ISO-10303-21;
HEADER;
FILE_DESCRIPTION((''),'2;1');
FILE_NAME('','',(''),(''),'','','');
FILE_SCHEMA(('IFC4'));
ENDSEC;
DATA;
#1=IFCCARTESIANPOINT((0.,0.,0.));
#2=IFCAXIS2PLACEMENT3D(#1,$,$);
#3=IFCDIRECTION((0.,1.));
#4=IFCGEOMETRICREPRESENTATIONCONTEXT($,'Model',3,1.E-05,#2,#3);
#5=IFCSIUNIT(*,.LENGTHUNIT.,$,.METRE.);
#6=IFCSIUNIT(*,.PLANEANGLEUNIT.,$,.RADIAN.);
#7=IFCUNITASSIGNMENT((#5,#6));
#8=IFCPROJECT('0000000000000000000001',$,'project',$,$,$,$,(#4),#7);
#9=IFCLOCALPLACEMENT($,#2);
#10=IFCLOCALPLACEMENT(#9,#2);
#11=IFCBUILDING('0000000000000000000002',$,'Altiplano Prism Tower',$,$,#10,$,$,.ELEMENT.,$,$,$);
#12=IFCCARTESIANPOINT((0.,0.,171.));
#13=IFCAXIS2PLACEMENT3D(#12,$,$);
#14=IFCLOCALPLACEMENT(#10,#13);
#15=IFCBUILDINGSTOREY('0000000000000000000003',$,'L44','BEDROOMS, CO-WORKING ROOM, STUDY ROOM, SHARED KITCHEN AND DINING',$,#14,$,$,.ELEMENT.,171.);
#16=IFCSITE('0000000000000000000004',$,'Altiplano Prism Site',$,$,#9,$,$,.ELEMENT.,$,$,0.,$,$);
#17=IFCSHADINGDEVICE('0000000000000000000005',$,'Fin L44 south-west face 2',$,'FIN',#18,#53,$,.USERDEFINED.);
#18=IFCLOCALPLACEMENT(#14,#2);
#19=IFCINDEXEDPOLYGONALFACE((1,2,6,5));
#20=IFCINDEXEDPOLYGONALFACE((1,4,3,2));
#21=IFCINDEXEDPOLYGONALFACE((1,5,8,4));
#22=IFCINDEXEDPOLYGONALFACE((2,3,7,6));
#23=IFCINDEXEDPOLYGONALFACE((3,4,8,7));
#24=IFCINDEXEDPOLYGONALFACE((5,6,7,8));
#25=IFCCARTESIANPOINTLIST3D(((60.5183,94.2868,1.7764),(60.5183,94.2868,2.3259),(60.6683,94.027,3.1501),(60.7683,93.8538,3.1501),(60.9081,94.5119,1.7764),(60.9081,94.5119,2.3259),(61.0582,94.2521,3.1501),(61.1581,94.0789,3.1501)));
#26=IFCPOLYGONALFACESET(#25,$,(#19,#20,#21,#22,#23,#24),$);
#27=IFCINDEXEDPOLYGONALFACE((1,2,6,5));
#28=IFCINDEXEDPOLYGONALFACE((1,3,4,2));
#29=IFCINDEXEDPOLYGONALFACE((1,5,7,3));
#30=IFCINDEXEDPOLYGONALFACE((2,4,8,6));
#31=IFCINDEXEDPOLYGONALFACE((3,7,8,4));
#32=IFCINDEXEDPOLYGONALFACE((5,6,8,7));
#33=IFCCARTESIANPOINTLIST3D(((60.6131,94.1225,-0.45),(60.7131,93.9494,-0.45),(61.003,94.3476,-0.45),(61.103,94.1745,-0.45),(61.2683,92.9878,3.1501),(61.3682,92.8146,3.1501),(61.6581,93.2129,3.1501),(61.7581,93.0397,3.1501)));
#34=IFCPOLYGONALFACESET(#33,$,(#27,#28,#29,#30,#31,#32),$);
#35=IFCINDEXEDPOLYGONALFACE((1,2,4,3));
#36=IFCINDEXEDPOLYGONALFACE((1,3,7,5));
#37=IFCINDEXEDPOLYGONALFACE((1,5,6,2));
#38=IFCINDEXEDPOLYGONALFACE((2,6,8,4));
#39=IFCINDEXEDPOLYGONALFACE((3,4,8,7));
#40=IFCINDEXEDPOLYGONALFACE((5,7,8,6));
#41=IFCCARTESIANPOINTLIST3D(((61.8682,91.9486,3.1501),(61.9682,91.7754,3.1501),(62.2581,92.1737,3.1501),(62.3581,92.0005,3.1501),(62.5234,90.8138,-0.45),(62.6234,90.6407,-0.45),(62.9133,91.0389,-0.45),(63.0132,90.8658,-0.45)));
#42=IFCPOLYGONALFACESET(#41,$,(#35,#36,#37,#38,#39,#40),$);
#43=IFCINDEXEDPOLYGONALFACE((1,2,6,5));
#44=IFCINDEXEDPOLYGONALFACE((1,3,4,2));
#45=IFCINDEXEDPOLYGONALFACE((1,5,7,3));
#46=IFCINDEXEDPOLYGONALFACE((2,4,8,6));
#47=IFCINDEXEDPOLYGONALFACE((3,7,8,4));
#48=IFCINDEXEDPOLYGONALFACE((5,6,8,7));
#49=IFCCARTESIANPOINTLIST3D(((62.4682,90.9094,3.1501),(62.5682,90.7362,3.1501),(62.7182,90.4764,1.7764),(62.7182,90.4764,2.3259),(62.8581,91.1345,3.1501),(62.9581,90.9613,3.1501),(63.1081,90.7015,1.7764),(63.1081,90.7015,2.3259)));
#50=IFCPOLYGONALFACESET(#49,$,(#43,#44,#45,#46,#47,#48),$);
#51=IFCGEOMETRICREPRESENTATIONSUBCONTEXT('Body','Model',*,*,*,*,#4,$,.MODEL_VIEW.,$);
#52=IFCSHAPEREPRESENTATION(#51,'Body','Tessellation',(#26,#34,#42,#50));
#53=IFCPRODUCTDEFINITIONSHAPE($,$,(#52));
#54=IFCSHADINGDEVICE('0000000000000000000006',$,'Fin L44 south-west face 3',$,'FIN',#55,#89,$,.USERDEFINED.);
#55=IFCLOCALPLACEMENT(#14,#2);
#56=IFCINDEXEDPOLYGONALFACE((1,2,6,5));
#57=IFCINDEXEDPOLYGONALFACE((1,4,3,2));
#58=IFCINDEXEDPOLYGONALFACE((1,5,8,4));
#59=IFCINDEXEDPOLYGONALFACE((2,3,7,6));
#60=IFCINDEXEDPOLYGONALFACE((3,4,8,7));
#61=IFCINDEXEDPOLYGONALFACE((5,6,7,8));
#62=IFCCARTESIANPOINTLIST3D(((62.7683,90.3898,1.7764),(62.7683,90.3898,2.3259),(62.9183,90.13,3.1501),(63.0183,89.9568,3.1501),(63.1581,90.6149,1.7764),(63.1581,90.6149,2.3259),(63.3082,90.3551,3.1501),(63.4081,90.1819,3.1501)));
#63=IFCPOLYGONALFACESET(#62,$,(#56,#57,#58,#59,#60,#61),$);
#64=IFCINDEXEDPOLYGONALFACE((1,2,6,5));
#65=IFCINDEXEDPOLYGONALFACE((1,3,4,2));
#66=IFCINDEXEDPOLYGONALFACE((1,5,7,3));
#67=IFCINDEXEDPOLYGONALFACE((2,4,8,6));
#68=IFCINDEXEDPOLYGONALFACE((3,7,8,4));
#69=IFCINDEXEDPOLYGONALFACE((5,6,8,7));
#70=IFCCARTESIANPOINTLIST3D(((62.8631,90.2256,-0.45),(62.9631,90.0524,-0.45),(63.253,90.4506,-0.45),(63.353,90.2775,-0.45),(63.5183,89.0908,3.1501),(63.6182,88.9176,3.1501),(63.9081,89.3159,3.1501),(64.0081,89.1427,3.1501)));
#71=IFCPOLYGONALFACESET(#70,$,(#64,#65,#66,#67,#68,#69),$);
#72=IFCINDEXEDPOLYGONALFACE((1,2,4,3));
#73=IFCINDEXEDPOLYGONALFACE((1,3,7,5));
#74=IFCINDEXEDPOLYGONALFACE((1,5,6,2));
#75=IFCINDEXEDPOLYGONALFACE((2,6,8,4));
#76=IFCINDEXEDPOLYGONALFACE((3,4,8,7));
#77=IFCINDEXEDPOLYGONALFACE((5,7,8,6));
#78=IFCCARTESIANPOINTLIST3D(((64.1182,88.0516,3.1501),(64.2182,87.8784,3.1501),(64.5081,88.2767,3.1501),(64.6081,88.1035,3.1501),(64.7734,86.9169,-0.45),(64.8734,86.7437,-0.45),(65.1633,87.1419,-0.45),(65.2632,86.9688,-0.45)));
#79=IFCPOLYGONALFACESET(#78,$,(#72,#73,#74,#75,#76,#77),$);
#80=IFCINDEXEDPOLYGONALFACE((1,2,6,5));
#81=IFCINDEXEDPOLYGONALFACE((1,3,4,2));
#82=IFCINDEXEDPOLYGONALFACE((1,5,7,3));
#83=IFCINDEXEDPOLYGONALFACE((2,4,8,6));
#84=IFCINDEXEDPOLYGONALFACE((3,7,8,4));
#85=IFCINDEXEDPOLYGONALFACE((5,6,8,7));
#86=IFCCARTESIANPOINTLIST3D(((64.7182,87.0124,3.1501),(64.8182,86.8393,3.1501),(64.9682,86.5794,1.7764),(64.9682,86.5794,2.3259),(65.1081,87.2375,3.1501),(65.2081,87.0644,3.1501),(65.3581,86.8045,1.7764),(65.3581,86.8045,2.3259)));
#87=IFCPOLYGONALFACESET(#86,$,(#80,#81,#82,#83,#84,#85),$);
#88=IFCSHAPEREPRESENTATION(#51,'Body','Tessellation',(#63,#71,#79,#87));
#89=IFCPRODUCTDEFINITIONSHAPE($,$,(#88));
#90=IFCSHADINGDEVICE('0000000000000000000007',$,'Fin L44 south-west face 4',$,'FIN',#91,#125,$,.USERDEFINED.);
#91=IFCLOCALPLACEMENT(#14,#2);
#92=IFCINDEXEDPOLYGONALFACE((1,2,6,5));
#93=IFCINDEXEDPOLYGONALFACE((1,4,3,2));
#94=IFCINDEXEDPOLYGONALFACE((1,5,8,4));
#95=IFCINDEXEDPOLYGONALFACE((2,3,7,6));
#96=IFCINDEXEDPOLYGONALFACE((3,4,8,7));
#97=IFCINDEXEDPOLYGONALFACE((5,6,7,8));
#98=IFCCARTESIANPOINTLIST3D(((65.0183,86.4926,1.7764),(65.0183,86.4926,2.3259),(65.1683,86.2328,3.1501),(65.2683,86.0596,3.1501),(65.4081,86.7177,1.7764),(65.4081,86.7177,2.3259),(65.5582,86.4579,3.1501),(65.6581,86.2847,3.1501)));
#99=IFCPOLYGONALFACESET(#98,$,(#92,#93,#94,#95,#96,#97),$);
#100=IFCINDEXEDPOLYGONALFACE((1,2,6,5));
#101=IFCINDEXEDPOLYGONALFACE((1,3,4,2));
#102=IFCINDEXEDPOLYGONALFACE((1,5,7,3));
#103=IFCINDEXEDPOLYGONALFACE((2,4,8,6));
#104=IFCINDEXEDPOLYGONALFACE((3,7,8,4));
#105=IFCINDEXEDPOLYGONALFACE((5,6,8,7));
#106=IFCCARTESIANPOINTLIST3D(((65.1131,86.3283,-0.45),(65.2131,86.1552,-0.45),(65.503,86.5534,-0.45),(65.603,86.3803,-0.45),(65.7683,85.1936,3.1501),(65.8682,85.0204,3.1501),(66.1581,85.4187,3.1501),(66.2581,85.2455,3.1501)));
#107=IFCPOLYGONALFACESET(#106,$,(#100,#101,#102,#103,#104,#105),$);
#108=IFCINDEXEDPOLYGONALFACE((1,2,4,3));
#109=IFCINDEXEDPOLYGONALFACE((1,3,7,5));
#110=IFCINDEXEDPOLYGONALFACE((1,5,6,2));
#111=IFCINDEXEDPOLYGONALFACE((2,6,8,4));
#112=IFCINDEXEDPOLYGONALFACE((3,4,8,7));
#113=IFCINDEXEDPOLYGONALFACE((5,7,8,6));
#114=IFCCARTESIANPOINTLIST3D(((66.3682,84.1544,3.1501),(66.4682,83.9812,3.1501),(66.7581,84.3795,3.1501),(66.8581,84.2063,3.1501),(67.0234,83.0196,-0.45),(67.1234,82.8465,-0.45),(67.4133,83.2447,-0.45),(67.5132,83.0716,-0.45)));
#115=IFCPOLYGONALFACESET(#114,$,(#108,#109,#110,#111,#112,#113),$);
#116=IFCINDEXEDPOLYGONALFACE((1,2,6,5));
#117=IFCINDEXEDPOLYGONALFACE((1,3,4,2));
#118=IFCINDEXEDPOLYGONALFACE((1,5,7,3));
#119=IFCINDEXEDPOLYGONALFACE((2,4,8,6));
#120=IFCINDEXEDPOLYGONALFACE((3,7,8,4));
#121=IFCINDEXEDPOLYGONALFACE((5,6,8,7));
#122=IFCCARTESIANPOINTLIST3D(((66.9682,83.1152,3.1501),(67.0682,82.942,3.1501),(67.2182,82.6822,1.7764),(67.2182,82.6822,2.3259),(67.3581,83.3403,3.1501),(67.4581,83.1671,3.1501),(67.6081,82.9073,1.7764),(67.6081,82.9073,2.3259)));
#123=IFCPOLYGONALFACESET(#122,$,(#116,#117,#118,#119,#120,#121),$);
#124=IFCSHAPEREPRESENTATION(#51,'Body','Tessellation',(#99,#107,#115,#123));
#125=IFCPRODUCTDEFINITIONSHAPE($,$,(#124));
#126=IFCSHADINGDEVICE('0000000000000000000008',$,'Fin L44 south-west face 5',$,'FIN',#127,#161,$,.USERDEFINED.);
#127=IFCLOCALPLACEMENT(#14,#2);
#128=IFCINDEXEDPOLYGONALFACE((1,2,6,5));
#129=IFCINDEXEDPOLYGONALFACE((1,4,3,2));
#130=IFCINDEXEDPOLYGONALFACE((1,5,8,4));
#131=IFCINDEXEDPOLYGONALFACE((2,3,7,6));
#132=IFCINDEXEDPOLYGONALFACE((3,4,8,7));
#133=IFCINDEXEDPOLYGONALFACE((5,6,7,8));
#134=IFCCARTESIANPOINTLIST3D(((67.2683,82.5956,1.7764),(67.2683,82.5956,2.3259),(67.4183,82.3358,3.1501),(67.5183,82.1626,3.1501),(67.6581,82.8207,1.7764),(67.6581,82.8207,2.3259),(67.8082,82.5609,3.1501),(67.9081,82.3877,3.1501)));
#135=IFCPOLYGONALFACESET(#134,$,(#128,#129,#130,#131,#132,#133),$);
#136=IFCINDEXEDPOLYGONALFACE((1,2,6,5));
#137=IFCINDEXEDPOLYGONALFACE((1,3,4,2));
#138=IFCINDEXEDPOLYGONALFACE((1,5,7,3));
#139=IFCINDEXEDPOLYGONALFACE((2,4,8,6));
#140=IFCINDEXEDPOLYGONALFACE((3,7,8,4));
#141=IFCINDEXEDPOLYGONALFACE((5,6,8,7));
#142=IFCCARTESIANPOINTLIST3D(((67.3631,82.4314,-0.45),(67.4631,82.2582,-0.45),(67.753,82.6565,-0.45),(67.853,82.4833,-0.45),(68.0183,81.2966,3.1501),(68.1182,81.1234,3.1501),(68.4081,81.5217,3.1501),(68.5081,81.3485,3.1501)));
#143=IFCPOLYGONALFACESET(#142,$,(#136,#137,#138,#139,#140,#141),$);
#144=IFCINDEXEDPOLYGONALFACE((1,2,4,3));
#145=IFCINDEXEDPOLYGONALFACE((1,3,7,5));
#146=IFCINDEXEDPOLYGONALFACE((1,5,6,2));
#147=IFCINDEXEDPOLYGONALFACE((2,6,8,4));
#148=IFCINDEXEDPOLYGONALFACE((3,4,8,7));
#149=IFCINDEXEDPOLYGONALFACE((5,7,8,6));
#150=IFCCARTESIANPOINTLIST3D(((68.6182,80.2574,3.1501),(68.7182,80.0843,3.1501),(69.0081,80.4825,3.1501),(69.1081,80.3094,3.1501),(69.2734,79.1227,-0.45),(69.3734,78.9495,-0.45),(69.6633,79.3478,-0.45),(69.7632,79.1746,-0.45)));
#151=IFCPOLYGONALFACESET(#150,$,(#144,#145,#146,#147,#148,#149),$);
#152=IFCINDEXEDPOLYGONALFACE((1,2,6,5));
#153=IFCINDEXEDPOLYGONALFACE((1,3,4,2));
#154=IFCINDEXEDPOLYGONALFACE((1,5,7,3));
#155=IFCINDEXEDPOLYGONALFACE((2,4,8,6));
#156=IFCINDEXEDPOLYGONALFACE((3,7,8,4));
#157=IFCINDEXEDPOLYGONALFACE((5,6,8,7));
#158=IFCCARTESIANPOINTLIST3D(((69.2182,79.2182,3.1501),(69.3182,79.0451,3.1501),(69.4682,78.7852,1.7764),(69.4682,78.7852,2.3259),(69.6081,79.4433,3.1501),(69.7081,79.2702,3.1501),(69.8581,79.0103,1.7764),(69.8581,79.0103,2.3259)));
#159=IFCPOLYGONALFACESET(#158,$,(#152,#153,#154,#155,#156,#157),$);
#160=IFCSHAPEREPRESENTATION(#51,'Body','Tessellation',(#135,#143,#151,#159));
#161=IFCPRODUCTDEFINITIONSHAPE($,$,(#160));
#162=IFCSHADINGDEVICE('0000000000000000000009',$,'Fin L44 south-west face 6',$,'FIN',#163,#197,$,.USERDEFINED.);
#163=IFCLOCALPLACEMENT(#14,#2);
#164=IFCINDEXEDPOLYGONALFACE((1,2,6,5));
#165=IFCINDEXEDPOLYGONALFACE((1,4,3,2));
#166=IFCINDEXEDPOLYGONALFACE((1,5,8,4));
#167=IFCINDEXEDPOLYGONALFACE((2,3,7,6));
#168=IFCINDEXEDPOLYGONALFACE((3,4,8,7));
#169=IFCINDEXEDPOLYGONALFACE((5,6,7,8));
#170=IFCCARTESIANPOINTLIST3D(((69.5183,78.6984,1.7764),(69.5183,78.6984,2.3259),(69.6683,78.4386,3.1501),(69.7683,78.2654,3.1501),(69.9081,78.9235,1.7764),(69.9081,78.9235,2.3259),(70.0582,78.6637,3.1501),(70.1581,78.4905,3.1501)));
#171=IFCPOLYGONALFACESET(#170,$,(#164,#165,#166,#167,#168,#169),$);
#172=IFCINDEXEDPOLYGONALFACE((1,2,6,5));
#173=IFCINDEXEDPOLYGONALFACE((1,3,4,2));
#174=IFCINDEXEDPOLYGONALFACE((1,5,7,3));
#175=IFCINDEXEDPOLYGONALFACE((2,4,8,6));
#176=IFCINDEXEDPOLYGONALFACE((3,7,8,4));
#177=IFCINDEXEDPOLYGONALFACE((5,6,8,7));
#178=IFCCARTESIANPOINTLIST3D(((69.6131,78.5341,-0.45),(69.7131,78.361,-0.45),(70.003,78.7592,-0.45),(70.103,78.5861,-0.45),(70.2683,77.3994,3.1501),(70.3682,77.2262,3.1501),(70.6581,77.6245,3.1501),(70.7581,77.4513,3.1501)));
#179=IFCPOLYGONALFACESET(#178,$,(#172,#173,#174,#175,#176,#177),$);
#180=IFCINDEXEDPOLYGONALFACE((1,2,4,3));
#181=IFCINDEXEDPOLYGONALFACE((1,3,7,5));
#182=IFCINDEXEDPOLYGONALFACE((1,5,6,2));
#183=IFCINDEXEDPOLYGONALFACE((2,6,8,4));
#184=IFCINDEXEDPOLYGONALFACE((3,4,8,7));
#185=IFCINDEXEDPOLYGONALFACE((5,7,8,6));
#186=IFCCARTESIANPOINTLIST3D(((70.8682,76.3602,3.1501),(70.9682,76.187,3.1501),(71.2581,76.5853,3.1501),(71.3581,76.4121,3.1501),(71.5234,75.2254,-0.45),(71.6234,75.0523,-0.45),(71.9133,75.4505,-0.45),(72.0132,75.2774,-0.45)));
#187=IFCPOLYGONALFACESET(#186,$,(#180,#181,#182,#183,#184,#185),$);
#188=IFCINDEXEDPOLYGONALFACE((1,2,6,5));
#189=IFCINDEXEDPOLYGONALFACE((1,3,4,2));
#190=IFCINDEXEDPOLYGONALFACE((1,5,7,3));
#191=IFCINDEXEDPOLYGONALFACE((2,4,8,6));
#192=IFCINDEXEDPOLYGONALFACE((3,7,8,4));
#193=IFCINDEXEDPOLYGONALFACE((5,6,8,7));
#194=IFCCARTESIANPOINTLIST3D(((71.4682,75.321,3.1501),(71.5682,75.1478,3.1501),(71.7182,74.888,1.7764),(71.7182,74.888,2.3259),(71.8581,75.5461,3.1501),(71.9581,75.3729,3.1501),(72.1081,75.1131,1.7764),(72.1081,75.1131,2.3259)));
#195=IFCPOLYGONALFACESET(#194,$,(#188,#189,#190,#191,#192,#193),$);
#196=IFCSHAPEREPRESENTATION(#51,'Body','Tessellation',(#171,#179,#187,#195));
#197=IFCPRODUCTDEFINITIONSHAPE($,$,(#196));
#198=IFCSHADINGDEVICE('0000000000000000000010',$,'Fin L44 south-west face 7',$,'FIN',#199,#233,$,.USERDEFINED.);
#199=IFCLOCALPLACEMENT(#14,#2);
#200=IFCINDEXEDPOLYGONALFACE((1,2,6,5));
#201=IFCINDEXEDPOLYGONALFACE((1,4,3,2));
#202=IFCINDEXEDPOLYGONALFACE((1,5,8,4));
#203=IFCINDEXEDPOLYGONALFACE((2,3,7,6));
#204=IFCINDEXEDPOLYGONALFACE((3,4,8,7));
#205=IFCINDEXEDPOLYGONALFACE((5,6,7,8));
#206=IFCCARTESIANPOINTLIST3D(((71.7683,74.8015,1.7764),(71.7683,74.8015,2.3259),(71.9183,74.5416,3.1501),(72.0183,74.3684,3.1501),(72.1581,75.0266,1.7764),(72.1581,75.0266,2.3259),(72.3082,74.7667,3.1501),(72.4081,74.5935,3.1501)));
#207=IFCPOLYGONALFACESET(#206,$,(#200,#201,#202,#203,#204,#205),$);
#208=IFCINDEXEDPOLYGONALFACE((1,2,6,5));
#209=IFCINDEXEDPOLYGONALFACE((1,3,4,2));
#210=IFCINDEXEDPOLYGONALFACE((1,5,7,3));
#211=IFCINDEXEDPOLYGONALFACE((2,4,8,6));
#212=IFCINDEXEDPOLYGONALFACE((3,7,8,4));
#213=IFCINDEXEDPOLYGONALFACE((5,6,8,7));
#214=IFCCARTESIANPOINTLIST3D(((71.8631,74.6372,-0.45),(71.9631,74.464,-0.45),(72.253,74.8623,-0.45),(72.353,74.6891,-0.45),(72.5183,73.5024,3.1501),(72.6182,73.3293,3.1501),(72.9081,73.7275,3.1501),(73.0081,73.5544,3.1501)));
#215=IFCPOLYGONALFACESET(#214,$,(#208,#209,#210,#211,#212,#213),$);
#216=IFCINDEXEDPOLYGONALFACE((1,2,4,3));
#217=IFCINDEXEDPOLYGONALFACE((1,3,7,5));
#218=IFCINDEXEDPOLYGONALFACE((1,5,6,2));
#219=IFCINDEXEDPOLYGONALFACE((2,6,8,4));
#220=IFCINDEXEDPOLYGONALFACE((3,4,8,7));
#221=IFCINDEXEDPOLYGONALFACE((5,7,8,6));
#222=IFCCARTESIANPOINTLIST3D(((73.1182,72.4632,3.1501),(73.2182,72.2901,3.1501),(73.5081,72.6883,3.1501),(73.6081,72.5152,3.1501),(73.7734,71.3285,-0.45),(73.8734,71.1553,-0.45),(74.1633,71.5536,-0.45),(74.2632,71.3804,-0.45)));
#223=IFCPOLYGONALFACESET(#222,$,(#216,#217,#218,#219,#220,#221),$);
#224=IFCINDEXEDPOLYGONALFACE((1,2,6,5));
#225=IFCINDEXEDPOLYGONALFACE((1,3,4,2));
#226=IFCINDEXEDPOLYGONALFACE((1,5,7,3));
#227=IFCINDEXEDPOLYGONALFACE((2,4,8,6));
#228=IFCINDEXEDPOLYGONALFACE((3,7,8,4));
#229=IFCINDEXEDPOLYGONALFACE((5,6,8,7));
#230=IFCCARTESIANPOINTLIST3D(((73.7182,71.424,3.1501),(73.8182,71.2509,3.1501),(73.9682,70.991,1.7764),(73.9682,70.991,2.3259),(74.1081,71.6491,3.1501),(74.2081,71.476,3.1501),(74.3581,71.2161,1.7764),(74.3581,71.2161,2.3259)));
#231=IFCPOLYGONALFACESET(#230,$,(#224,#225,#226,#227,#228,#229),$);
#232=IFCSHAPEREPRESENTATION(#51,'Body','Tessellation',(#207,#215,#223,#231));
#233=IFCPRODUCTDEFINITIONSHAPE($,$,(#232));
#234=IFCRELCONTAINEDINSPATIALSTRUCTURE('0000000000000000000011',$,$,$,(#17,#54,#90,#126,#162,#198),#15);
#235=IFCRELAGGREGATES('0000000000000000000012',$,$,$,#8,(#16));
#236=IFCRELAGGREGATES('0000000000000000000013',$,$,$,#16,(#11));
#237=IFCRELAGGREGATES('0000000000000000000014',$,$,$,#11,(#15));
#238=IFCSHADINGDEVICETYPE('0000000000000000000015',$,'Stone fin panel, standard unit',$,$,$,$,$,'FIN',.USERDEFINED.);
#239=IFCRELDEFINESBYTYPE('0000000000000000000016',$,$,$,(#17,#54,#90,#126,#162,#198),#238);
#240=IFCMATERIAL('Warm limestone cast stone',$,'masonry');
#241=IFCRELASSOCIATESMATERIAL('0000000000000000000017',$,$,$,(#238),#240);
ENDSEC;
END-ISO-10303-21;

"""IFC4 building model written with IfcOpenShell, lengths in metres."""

from ifc_helpers import new_model, si_unit, direction, frame, origin, place, context, subcontext, project, spatial, polyline, outline, extrude, source, transform, mapped, material, type_object, element, save


model = new_model("IFC4")

# Units and contexts
model_context = context("Model", 3, precision=1e-05, world=origin(), true_north=direction((0.0, 1.0)))
body_context = subcontext(model_context, "Body", "Model", "MODEL_VIEW")
ifc_project = project(units=[si_unit("LENGTHUNIT", "METRE"), si_unit("PLANEANGLEUNIT", "RADIAN")], contexts=[model_context])

# Site, building, storey
site_placement = place(None, origin())
site = spatial("IfcSite", under=ifc_project, at=site_placement, Name="Altiplano Prism Site", CompositionType="ELEMENT", RefElevation=0.0)
building_placement = place(site_placement, origin())
building = spatial("IfcBuilding", under=site, at=building_placement, Name="Altiplano Prism Tower", CompositionType="ELEMENT")
storey_placement = place(building_placement, frame((0.0, 0.0, 171.0)))
storey = spatial("IfcBuildingStorey", under=building, at=storey_placement, Name="L44", Description="BEDROOMS, CO-WORKING ROOM, STUDY ROOM, SHARED KITCHEN AND DINING", CompositionType="ELEMENT", Elevation=171.0)

# Shading devices
ifc_material_1 = material(Name="Warm limestone cast stone", Category="masonry")
shared_shape_1 = source(origin(), body_context, "Body", "SweptSolid", [
    extrude(outline(polyline([(-2.2, 2.2263), (-1.7, 3.6001), (-1.8999, 3.6001), (-2.2, 2.7759), (-2.2, 2.2263)])), frame((0.0, -0.1499, 0.0), z_axis=(0.0, -1.0, 0.0), x_axis=(1.0, 0.0, 0.0)), (0.0, 0.0, 1.0), 0.4502),
    extrude(outline(polyline([(-2.0103, 0.0), (-1.8103, 0.0), (-0.5, 3.6001), (-0.7, 3.6001), (-2.0103, 0.0)])), frame((0.0, -0.1499, 0.0), z_axis=(0.0, -1.0, 0.0), x_axis=(1.0, 0.0, 0.0)), (0.0, 0.0, 1.0), 0.4502),
    extrude(outline(polyline([(1.8103, 0.0), (2.0103, 0.0), (0.7, 3.6001), (0.5, 3.6001), (1.8103, 0.0)])), frame((0.0, -0.1499, 0.0), z_axis=(0.0, -1.0, 0.0), x_axis=(1.0, 0.0, 0.0)), (0.0, 0.0, 1.0), 0.4502),
    extrude(outline(polyline([(2.2, 2.7759), (1.8999, 3.6001), (1.7, 3.6001), (2.2, 2.2263), (2.2, 2.7759)])), frame((0.0, -0.1499, 0.0), z_axis=(0.0, -1.0, 0.0), x_axis=(1.0, 0.0, 0.0)), (0.0, 0.0, 1.0), 0.4502),
])
shading_device_type_1 = type_object("IfcShadingDeviceType", Name="Stone fin panel, standard unit", ElementType="FIN", PredefinedType="USERDEFINED", material=ifc_material_1)
shading_device_1_placement = place(storey_placement, origin())
element("IfcShadingDevice", 1, at=shading_device_1_placement, inside=storey, type_object=shading_device_type_1, Name="Fin L44 south-west face 2", ObjectType="FIN", PredefinedType="USERDEFINED", context=body_context, shape_type="MappedRepresentation", body=[
    mapped(shared_shape_1, transform((62.1379, 92.6816, -0.45), x_axis=(0.5, -0.866025, 0.0), y_axis=(0.866025, 0.5, 0.0), z_axis=(0.0, 0.0, 1.0))),
])
shading_device_2_placement = place(storey_placement, origin())
element("IfcShadingDevice", 2, at=shading_device_2_placement, inside=storey, type_object=shading_device_type_1, Name="Fin L44 south-west face 3", ObjectType="FIN", PredefinedType="USERDEFINED", context=body_context, shape_type="MappedRepresentation", body=[
    mapped(shared_shape_1, transform((64.3879, 88.7847, -0.45), x_axis=(0.5, -0.866025, 0.0), y_axis=(0.866025, 0.5, 0.0), z_axis=(0.0, 0.0, 1.0))),
])
shading_device_3_placement = place(storey_placement, origin())
element("IfcShadingDevice", 3, at=shading_device_3_placement, inside=storey, type_object=shading_device_type_1, Name="Fin L44 south-west face 4", ObjectType="FIN", PredefinedType="USERDEFINED", context=body_context, shape_type="MappedRepresentation", body=[
    mapped(shared_shape_1, transform((66.6379, 84.8875, -0.45), x_axis=(0.5, -0.866025, 0.0), y_axis=(0.866025, 0.5, 0.0), z_axis=(0.0, 0.0, 1.0))),
])
shading_device_4_placement = place(storey_placement, origin())
element("IfcShadingDevice", 4, at=shading_device_4_placement, inside=storey, type_object=shading_device_type_1, Name="Fin L44 south-west face 5", ObjectType="FIN", PredefinedType="USERDEFINED", context=body_context, shape_type="MappedRepresentation", body=[
    mapped(shared_shape_1, transform((68.8879, 80.9905, -0.45), x_axis=(0.5, -0.866025, 0.0), y_axis=(0.866025, 0.5, 0.0), z_axis=(0.0, 0.0, 1.0))),
])
shading_device_5_placement = place(storey_placement, origin())
element("IfcShadingDevice", 5, at=shading_device_5_placement, inside=storey, type_object=shading_device_type_1, Name="Fin L44 south-west face 6", ObjectType="FIN", PredefinedType="USERDEFINED", context=body_context, shape_type="MappedRepresentation", body=[
    mapped(shared_shape_1, transform((71.1379, 77.0933, -0.45), x_axis=(0.5, -0.866025, 0.0), y_axis=(0.866025, 0.5, 0.0), z_axis=(0.0, 0.0, 1.0))),
])
shading_device_6_placement = place(storey_placement, origin())
element("IfcShadingDevice", 6, at=shading_device_6_placement, inside=storey, type_object=shading_device_type_1, Name="Fin L44 south-west face 7", ObjectType="FIN", PredefinedType="USERDEFINED", context=body_context, shape_type="MappedRepresentation", body=[
    mapped(shared_shape_1, transform((73.3879, 73.1963, -0.45), x_axis=(0.5, -0.866025, 0.0), y_axis=(0.866025, 0.5, 0.0), z_axis=(0.0, 0.0, 1.0))),
])

save(model, "model.ifc")
